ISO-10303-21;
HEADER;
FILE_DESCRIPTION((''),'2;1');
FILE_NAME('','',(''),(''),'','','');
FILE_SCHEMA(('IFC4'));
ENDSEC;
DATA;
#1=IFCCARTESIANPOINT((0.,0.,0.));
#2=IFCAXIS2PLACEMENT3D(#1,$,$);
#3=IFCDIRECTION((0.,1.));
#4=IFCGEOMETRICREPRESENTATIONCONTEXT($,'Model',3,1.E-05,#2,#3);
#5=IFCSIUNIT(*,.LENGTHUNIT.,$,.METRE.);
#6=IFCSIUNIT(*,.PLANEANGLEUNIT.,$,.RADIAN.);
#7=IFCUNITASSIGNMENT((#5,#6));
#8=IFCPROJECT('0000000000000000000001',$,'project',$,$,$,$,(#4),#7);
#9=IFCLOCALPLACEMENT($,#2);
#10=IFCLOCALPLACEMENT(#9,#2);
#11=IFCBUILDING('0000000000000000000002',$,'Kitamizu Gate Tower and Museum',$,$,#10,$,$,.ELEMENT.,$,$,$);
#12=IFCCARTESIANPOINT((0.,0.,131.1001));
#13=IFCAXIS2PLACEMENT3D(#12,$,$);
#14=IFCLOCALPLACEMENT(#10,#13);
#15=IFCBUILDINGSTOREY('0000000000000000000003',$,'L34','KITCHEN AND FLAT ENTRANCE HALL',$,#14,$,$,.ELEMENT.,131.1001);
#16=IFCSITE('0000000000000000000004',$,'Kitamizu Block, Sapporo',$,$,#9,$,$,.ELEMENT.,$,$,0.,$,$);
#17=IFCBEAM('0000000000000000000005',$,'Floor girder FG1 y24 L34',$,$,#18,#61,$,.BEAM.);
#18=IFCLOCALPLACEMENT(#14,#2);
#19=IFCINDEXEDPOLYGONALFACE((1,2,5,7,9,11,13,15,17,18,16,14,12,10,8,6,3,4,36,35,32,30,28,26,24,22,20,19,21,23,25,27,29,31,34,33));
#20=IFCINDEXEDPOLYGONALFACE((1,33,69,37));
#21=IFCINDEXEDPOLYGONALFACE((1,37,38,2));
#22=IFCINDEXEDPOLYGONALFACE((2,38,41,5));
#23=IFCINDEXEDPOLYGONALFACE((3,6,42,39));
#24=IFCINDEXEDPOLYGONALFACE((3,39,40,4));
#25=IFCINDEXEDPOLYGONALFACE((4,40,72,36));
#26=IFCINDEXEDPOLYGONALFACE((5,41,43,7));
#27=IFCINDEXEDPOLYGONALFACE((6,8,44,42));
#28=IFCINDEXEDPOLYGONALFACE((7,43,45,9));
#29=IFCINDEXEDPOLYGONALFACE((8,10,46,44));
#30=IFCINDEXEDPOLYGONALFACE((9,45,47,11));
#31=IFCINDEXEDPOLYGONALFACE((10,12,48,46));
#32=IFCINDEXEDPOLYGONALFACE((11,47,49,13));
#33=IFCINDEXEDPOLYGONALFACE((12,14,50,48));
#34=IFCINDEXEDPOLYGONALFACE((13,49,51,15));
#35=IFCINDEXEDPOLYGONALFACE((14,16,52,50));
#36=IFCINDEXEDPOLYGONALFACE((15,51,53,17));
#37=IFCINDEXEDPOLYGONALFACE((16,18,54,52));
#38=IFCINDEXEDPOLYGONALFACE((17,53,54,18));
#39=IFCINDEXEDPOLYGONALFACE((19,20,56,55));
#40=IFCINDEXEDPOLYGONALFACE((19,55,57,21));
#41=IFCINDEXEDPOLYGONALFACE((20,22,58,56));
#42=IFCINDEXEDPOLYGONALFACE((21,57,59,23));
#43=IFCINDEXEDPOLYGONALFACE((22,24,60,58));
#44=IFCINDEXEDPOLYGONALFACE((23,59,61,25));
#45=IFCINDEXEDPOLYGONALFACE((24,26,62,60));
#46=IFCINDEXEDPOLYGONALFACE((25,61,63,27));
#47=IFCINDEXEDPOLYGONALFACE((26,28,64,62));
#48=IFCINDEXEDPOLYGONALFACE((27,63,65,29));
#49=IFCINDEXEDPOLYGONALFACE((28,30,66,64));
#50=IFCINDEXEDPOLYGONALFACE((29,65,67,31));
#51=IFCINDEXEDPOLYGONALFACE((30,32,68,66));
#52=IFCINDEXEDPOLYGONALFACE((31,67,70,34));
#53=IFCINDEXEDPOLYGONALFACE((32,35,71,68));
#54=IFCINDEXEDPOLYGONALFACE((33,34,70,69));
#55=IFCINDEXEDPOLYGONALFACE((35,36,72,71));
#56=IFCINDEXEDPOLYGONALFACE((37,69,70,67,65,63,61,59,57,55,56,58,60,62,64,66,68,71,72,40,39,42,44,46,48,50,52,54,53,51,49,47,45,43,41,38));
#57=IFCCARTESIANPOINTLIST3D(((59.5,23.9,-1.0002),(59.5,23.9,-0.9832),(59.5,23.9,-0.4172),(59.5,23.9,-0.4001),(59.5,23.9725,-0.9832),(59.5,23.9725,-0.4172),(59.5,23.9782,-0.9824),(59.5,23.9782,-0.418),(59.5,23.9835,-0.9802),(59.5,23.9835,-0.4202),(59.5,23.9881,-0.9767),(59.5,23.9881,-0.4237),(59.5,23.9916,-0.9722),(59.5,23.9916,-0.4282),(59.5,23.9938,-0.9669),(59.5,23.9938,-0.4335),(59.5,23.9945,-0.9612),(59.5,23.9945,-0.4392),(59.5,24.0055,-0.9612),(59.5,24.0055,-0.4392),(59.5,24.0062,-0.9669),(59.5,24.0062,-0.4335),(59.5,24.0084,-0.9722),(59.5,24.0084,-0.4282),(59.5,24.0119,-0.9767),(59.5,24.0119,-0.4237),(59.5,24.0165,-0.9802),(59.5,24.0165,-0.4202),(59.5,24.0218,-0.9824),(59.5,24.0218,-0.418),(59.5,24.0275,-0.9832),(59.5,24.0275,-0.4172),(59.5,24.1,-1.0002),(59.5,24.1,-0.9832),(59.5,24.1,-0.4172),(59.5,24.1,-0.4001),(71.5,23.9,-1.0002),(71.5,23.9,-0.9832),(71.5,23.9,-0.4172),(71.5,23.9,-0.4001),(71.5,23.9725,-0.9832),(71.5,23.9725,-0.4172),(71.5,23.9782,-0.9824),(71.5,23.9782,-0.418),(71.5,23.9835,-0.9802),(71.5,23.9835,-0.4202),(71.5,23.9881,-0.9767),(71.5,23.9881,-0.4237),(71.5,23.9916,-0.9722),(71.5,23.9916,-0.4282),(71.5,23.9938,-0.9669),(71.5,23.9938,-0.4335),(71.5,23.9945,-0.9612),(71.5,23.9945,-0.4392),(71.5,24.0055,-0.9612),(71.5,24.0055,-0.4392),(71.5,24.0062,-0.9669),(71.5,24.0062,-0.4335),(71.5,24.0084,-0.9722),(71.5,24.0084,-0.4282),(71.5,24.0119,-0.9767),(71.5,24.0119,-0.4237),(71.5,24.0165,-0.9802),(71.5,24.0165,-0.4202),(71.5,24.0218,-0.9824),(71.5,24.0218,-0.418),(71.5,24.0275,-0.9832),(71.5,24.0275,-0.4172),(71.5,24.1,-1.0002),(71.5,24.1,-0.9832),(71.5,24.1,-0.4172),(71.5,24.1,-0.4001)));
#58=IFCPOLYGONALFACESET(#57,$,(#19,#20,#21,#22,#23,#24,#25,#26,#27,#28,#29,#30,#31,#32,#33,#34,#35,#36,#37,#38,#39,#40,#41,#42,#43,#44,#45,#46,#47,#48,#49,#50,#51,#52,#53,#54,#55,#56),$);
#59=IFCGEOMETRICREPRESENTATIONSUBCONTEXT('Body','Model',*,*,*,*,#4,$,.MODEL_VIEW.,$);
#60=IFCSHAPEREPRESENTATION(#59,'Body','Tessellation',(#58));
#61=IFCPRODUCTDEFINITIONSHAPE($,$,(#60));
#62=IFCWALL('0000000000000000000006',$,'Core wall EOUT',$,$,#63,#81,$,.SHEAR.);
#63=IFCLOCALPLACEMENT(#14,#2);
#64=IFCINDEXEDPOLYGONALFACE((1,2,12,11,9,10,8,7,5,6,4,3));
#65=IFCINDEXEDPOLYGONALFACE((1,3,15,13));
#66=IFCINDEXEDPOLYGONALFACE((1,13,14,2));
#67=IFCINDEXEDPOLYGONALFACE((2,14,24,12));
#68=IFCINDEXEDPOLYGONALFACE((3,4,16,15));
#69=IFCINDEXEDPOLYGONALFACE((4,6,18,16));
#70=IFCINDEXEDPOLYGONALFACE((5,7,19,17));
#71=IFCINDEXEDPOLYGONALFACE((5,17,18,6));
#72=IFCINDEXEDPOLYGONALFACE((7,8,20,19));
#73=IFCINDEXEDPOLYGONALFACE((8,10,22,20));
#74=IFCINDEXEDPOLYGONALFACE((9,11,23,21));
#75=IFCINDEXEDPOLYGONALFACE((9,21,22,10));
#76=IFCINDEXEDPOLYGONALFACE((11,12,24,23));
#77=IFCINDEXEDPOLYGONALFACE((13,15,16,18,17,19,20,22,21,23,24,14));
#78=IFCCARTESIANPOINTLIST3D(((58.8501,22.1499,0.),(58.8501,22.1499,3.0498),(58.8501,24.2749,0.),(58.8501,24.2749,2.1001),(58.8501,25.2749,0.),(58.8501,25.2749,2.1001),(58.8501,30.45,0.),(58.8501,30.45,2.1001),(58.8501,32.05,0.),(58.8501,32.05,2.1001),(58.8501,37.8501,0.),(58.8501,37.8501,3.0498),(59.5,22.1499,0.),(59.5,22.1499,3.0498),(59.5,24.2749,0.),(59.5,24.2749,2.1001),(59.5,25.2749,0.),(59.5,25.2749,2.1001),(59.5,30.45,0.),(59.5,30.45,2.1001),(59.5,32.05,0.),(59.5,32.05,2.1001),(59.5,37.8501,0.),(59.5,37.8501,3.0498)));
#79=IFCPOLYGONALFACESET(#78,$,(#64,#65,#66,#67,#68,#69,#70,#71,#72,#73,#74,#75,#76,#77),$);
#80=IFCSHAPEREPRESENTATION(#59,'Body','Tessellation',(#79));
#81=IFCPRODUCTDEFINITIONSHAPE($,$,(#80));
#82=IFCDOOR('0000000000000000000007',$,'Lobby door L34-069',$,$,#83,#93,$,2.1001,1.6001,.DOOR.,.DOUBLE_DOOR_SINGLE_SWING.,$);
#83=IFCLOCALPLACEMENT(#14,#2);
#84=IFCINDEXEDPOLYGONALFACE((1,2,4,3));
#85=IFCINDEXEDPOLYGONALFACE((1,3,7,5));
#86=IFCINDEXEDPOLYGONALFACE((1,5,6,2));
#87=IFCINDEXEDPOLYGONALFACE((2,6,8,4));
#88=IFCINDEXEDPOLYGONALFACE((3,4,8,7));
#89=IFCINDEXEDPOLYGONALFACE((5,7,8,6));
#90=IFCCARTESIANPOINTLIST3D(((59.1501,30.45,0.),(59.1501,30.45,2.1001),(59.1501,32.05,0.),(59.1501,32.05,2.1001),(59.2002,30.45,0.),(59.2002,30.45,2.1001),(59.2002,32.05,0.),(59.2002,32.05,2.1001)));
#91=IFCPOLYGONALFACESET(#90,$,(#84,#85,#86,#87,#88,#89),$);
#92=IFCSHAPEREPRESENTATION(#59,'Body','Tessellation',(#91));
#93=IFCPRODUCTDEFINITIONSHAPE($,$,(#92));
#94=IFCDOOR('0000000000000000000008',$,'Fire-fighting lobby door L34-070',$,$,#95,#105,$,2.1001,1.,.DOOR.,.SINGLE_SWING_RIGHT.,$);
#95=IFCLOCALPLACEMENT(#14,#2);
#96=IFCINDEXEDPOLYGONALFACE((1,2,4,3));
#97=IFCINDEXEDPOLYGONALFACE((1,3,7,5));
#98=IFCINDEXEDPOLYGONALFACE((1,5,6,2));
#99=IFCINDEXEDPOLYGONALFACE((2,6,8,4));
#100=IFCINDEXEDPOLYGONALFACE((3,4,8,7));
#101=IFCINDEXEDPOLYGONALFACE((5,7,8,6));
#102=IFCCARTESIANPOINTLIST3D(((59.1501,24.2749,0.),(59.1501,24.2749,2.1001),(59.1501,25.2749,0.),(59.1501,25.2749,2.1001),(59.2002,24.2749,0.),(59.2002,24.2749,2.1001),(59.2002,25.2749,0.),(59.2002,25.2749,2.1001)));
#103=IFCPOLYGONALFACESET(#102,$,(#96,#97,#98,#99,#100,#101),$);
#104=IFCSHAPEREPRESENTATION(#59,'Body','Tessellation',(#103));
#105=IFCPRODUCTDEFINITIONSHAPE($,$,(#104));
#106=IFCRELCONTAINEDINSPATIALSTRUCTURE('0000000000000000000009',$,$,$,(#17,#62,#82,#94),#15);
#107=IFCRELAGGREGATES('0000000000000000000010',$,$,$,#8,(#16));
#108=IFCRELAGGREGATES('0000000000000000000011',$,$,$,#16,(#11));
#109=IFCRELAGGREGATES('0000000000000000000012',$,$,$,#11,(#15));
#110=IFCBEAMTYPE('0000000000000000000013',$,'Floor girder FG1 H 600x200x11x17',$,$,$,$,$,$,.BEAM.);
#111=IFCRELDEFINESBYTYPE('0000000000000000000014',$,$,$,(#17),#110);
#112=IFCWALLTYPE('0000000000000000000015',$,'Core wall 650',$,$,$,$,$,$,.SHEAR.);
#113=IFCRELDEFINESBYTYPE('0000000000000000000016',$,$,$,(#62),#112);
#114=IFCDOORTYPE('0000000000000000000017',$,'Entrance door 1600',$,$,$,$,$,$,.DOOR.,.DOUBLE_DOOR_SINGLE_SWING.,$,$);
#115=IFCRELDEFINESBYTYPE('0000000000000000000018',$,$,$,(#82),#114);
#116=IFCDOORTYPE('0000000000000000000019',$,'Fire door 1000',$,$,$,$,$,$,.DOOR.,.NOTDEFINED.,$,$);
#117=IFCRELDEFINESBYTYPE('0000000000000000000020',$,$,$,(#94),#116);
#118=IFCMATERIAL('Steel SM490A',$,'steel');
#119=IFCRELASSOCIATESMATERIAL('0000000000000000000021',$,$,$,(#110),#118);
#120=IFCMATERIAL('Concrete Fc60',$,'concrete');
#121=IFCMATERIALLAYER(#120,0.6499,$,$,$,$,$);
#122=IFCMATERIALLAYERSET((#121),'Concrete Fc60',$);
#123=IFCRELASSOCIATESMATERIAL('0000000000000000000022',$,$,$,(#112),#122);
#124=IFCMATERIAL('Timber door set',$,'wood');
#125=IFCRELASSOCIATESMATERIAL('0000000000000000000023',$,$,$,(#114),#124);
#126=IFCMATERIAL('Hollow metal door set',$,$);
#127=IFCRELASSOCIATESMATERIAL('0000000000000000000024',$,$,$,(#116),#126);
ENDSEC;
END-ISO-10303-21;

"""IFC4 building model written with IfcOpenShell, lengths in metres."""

from ifc_helpers import new_model, si_unit, direction, frame, frame_2d, origin, origin_2d, place, context, subcontext, project, spatial, rectangle, i_section, extrude, material, layer, layer_set, material_profile, profile_set, type_object, element, fill, save


model = new_model("IFC4")

# Units and contexts
model_context = context("Model", 3, precision=1e-05, world=origin(), true_north=direction((0.0, 1.0)))
body_context = subcontext(model_context, "Body", "Model", "MODEL_VIEW")
ifc_project = project(units=[si_unit("LENGTHUNIT", "METRE"), si_unit("PLANEANGLEUNIT", "RADIAN")], contexts=[model_context])

# Site, building, storey
site_placement = place(None, origin())
site = spatial("IfcSite", under=ifc_project, at=site_placement, Name="Kitamizu Block, Sapporo", CompositionType="ELEMENT", RefElevation=0.0)
building_placement = place(site_placement, origin())
building = spatial("IfcBuilding", under=site, at=building_placement, Name="Kitamizu Gate Tower and Museum", CompositionType="ELEMENT")
storey_placement = place(building_placement, frame((0.0, 0.0, 131.1001)))
storey = spatial("IfcBuildingStorey", under=building, at=storey_placement, Name="L34", Description="KITCHEN AND FLAT ENTRANCE HALL", CompositionType="ELEMENT", Elevation=131.1001)

# Beam
ifc_material_1 = material(Name="Steel SM490A", Category="steel")
ifc_material_profile = material_profile(ifc_material_1, i_section(OverallWidth=0.2, OverallDepth=0.6001, WebThickness=0.011, FlangeThickness=0.0171, FilletRadius=0.022, at=origin_2d()), Name="H-600x200x11x17")
ifc_profile_set = profile_set([ifc_material_profile], Name="Steel SM490A")
beam_type = type_object("IfcBeamType", Name="Floor girder FG1 H 600x200x11x17", PredefinedType="BEAM", material=ifc_profile_set)
beam_placement = place(storey_placement, frame((59.5, 24.0, -0.7002), z_axis=(1.0, 0.0, 0.0), x_axis=(0.0, 1.0, 0.0)))
element("IfcBeam", 1, at=beam_placement, inside=storey, type_object=beam_type, Name="Floor girder FG1 y24 L34", PredefinedType="BEAM", context=body_context, shape_type="SweptSolid", body=[
    extrude(i_section(OverallWidth=0.2, OverallDepth=0.6001, WebThickness=0.011, FlangeThickness=0.0171, FilletRadius=0.022, at=origin_2d()), origin(), (0.0, 0.0, 1.0), 12.0),
])

# Wall, openings, doors
ifc_material_2 = material(Name="Concrete Fc60", Category="concrete")
ifc_layer_1 = layer(ifc_material_2, 0.6499)
ifc_layer_set_1 = layer_set([ifc_layer_1], Name="Concrete Fc60")
wall_type_1 = type_object("IfcWallType", Name="Core wall 650", PredefinedType="SHEAR", material=ifc_layer_set_1)
wall_1_placement = place(storey_placement, frame((59.175, 22.1499, 0.0), z_axis=(0.0, 0.0, 1.0), x_axis=(0.0, 1.0, 0.0)))
wall_1 = element("IfcWall", 2, at=wall_1_placement, inside=storey, type_object=wall_type_1, Name="Core wall EOUT", PredefinedType="SHEAR", context=body_context, shape_type="SweptSolid", body=[
    extrude(rectangle(XDim=15.7002, YDim=0.6499, at=frame_2d((7.8501, 0.0))), origin(), (0.0, 0.0, 1.0), 3.0498),
])
opening_1_placement = place(wall_1_placement, frame((8.3, 0.0, 0.0)))
opening_1 = element("IfcOpeningElement", 3, at=opening_1_placement, cuts=wall_1, PredefinedType="OPENING", context=body_context, shape_type="SweptSolid", body=[
    extrude(rectangle(XDim=1.6001, YDim=2.1001, at=frame_2d((0.8, 1.05))), frame((0.0, 0.335, 0.0), z_axis=(0.0, -1.0, 0.0), x_axis=(1.0, 0.0, 0.0)), (0.0, 0.0, 1.0), 0.6699),
])
opening_2_placement = place(wall_1_placement, frame((2.125, 0.0, 0.0)))
opening_2 = element("IfcOpeningElement", 4, at=opening_2_placement, cuts=wall_1, PredefinedType="OPENING", context=body_context, shape_type="SweptSolid", body=[
    extrude(rectangle(XDim=1.0, YDim=2.1001, at=frame_2d((0.5, 1.05))), frame((0.0, 0.335, 0.0), z_axis=(0.0, -1.0, 0.0), x_axis=(1.0, 0.0, 0.0)), (0.0, 0.0, 1.0), 0.6699),
])
ifc_material_3 = material(Name="Timber door set", Category="wood")
door_type_1 = type_object("IfcDoorType", Name="Entrance door 1600", OperationType="DOUBLE_DOOR_SINGLE_SWING", PredefinedType="DOOR", material=ifc_material_3)
door_1_placement = place(opening_1_placement, origin())
door_1 = element("IfcDoor", 5, at=door_1_placement, inside=storey, type_object=door_type_1, Name="Lobby door L34-069", OperationType="DOUBLE_DOOR_SINGLE_SWING", OverallHeight=2.1001, OverallWidth=1.6001, PredefinedType="DOOR", context=body_context, shape_type="SweptSolid", body=[
    extrude(rectangle(XDim=1.6001, YDim=2.1001, at=frame_2d((0.8, 1.05))), frame((0.0, 0.0249, 0.0), z_axis=(0.0, -1.0, 0.0), x_axis=(1.0, 0.0, 0.0)), (0.0, 0.0, 1.0), 0.05),
])
fill(opening_1, door_1)
ifc_material_4 = material(Name="Hollow metal door set")
door_type_2 = type_object("IfcDoorType", Name="Fire door 1000", OperationType="NOTDEFINED", PredefinedType="DOOR", material=ifc_material_4)
door_2_placement = place(opening_2_placement, origin())
door_2 = element("IfcDoor", 6, at=door_2_placement, inside=storey, type_object=door_type_2, Name="Fire-fighting lobby door L34-070", OperationType="SINGLE_SWING_RIGHT", OverallHeight=2.1001, OverallWidth=1.0, PredefinedType="DOOR", context=body_context, shape_type="SweptSolid", body=[
    extrude(rectangle(XDim=1.0, YDim=2.1001, at=frame_2d((0.5, 1.05))), frame((0.0, 0.0249, 0.0), z_axis=(0.0, -1.0, 0.0), x_axis=(1.0, 0.0, 0.0)), (0.0, 0.0, 1.0), 0.05),
])
fill(opening_2, door_2)

save(model, "model.ifc")
